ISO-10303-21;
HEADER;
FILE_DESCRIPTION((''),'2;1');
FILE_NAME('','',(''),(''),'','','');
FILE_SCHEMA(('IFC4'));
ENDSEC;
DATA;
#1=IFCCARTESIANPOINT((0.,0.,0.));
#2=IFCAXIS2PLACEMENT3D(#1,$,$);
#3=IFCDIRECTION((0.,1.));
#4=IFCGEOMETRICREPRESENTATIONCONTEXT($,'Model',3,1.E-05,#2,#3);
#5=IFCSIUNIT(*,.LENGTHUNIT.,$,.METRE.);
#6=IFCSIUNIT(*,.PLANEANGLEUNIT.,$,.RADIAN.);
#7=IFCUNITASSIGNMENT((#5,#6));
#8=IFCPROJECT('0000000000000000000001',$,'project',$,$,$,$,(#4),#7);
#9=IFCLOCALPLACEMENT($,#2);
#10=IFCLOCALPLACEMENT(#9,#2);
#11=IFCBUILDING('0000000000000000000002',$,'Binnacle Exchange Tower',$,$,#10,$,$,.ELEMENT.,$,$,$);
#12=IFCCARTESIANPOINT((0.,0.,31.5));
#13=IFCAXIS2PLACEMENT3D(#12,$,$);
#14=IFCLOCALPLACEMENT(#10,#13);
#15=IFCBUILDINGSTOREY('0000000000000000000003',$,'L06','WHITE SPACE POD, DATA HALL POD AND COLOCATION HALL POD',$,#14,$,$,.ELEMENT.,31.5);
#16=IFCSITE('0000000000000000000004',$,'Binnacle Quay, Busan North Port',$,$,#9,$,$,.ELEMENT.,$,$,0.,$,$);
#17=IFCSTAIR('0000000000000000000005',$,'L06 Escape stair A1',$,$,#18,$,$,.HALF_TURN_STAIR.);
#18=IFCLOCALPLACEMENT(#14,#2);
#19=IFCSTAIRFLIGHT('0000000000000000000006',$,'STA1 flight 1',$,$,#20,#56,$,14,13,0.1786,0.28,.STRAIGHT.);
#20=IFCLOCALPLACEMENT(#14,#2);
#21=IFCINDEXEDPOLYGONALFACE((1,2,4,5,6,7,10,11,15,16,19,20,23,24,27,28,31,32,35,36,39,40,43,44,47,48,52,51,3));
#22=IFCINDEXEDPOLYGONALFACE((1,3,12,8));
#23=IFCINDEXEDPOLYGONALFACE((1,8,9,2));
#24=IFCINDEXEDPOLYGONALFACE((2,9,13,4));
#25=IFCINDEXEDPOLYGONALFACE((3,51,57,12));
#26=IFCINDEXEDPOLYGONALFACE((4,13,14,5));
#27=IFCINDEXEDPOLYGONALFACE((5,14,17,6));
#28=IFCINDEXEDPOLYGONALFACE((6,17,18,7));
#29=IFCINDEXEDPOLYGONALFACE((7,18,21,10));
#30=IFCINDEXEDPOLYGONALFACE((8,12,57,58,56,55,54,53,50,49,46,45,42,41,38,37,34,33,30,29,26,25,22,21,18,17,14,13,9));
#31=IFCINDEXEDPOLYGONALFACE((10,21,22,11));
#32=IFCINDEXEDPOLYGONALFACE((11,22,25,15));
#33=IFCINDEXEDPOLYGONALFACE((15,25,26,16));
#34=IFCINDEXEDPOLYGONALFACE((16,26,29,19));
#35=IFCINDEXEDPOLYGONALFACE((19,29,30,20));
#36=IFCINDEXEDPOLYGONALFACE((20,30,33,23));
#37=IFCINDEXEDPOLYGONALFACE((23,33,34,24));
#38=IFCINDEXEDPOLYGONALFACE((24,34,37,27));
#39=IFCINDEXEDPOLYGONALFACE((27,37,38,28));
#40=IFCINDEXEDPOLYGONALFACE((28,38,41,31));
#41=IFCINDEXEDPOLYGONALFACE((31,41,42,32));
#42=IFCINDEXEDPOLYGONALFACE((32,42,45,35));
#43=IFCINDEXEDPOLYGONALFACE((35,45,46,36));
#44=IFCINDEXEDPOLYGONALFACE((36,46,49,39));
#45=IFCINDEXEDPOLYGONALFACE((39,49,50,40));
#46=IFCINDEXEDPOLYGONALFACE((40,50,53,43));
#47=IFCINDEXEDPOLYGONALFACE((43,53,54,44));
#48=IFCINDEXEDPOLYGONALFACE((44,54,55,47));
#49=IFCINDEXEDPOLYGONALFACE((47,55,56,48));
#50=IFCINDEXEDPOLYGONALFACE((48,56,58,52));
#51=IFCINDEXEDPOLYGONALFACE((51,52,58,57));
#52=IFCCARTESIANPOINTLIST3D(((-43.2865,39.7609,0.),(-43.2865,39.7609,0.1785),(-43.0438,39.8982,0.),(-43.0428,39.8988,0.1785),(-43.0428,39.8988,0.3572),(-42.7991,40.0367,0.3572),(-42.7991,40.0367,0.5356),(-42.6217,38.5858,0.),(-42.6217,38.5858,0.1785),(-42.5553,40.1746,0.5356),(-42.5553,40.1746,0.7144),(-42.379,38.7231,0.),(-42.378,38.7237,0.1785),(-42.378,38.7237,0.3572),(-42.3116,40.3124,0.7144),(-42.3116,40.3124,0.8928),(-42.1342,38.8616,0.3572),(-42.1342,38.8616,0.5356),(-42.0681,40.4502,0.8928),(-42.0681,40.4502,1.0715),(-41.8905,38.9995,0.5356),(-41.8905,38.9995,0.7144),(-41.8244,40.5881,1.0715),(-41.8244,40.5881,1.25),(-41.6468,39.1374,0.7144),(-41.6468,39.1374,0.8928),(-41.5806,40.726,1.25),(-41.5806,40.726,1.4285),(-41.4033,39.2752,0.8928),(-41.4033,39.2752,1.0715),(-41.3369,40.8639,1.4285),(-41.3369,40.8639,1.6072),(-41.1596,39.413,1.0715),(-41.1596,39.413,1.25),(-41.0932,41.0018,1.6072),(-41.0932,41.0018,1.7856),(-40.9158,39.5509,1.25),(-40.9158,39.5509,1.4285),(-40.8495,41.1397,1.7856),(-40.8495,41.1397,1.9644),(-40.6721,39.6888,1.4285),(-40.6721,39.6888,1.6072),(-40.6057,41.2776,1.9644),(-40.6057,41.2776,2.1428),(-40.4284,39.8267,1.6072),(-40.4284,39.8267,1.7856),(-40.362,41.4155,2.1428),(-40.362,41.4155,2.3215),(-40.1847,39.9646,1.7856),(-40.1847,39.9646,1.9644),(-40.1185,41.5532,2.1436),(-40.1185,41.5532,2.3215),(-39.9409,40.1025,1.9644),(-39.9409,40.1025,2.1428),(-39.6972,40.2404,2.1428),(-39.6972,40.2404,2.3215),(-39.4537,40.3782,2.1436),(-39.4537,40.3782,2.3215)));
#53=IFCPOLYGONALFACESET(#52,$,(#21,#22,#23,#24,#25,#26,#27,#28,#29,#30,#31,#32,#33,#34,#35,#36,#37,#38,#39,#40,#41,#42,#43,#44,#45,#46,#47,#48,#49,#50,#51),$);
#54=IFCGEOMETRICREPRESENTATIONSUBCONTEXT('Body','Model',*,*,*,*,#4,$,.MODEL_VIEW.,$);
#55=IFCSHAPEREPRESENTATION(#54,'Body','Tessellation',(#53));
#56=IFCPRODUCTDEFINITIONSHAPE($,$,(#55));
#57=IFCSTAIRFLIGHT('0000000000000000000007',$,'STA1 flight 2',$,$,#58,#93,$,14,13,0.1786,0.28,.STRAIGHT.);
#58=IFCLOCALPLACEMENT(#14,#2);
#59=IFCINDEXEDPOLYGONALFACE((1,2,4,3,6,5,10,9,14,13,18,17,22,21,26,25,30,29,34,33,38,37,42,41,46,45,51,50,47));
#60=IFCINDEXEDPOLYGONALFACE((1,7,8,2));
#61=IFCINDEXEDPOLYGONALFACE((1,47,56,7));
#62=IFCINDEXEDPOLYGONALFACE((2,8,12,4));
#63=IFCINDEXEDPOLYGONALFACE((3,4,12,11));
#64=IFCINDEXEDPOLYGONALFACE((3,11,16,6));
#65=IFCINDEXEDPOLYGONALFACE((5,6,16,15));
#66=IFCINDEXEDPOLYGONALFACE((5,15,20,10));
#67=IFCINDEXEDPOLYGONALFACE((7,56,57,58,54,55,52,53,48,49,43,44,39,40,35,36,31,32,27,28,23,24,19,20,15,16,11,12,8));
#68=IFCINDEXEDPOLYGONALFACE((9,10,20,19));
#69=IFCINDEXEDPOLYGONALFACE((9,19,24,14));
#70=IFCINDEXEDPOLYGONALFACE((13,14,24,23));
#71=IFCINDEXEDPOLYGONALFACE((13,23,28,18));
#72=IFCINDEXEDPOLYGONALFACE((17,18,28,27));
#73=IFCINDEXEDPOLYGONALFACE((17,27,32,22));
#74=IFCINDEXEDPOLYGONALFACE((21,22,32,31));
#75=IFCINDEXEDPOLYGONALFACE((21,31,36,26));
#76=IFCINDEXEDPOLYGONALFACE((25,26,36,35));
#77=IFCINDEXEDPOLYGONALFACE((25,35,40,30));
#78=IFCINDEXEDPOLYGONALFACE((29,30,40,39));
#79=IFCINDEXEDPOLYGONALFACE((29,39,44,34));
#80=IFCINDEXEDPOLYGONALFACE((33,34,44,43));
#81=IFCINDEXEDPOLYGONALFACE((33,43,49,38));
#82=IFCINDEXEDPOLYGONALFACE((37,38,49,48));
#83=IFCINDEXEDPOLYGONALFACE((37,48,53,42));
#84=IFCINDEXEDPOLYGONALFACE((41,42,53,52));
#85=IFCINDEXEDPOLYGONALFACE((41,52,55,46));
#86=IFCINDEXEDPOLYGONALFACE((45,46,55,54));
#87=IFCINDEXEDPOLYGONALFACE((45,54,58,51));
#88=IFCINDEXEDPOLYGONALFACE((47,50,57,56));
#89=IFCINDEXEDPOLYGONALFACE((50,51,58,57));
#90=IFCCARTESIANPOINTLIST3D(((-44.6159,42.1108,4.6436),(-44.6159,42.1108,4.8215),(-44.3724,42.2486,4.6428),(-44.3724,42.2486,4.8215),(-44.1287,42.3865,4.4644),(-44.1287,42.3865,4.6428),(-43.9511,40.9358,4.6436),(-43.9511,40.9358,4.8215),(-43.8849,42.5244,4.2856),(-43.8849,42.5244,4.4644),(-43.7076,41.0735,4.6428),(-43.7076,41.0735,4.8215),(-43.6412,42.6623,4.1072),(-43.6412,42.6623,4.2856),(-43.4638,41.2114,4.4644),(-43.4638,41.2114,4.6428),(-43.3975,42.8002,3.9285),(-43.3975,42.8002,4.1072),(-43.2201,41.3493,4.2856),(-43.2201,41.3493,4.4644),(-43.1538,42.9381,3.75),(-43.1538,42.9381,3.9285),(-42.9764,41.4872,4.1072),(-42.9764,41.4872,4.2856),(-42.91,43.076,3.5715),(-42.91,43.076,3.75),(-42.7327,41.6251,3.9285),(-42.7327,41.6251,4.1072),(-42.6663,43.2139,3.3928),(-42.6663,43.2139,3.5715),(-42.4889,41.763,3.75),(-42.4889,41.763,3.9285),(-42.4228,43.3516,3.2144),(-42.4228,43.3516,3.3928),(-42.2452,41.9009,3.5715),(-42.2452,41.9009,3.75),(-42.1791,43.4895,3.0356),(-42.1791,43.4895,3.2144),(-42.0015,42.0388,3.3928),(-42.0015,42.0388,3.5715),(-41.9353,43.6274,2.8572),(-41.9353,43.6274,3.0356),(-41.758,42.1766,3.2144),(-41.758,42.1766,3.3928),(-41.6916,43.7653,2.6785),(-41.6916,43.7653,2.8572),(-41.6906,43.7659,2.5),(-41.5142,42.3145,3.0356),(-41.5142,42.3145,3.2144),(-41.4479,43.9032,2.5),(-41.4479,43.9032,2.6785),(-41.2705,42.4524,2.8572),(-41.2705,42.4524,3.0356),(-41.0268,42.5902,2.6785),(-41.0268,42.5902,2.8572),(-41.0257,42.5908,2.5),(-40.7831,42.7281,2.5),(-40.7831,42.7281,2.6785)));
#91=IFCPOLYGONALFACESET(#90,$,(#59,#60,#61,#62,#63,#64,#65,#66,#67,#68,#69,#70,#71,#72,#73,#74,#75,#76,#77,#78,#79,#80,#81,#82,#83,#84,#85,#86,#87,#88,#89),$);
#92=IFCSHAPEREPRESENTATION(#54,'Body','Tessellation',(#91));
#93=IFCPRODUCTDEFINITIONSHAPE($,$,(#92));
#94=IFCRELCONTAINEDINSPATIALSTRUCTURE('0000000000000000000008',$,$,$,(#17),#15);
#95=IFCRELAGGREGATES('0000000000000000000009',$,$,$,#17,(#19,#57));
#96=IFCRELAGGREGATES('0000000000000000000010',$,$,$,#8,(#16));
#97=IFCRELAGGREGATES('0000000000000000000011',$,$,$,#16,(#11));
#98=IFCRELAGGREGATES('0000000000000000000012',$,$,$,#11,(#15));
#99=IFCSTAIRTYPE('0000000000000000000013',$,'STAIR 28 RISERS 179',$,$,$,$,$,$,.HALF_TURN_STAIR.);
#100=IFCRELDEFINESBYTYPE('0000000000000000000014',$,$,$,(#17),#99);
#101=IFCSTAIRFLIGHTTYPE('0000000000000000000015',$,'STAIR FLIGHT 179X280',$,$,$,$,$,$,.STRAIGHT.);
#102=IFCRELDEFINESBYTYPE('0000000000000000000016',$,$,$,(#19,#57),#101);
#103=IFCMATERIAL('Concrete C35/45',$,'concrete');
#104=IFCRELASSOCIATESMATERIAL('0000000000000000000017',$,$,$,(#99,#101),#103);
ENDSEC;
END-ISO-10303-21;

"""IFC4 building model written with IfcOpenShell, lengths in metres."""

from ifc_helpers import new_model, si_unit, direction, frame, origin, place, context, subcontext, project, spatial, polyline, outline, extrude, material, type_object, element, aggregate, save


model = new_model("IFC4")

# Units and contexts
model_context = context("Model", 3, precision=1e-05, world=origin(), true_north=direction((0.0, 1.0)))
body_context = subcontext(model_context, "Body", "Model", "MODEL_VIEW")
ifc_project = project(units=[si_unit("LENGTHUNIT", "METRE"), si_unit("PLANEANGLEUNIT", "RADIAN")], contexts=[model_context])

# Site, building, storey
site_placement = place(None, origin())
site = spatial("IfcSite", under=ifc_project, at=site_placement, Name="Binnacle Quay, Busan North Port", CompositionType="ELEMENT", RefElevation=0.0)
building_placement = place(site_placement, origin())
building = spatial("IfcBuilding", under=site, at=building_placement, Name="Binnacle Exchange Tower", CompositionType="ELEMENT")
storey_placement = place(building_placement, frame((0.0, 0.0, 31.5)))
storey = spatial("IfcBuildingStorey", under=building, at=storey_placement, Name="L06", Description="WHITE SPACE POD, DATA HALL POD AND COLOCATION HALL POD", CompositionType="ELEMENT", Elevation=31.5)

# Stair, stair flights
ifc_material_1 = material(Name="Concrete C35/45", Category="concrete")
stair_type = type_object("IfcStairType", Name="STAIR 28 RISERS 179", PredefinedType="HALF_TURN_STAIR", material=ifc_material_1)
stair_placement = place(storey_placement, origin())
stair = element("IfcStair", 1, at=stair_placement, inside=storey, type_object=stair_type, Name="L06 Escape stair A1", PredefinedType="HALF_TURN_STAIR")
stair_flight_type = type_object("IfcStairFlightType", Name="STAIR FLIGHT 179X280", PredefinedType="STRAIGHT", material=ifc_material_1)
stair_flight_1_placement = place(storey_placement, frame((-42.9541, 39.1733, 0.0), z_axis=(0.0, 0.0, 1.0), x_axis=(0.870356, 0.492424, 0.0)))
stair_flight_1 = element("IfcStairFlight", 2, at=stair_flight_1_placement, type_object=stair_flight_type, Name="STA1 flight 1", NumberOfRisers=14, NumberOfTreads=13, PredefinedType="STRAIGHT", RiserHeight=0.1786, TreadLength=0.28, context=body_context, shape_type="SweptSolid", body=[
    extrude(outline(polyline([(0.0, 0.0), (0.0, 0.1785), (0.28, 0.1785), (0.28, 0.3572), (0.5601, 0.3572), (0.5601, 0.5356), (0.8401, 0.5356), (0.8401, 0.7144), (1.1201, 0.7144), (1.1201, 0.8928), (1.3999, 0.8928), (1.3999, 1.0715), (1.6799, 1.0715), (1.6799, 1.25), (1.96, 1.25), (1.96, 1.4285), (2.24, 1.4285), (2.24, 1.6072), (2.52, 1.6072), (2.52, 1.7856), (2.8, 1.7856), (2.8, 1.9644), (3.0801, 1.9644), (3.0801, 2.1428), (3.3601, 2.1428), (3.3601, 2.3215), (3.6399, 2.3215), (3.6399, 2.5), (3.6399, 2.1436), (0.2788, 0.0), (0.0, 0.0)])), frame((0.0, 0.675, 0.0), z_axis=(0.0, -1.0, 0.0), x_axis=(1.0, 0.0, 0.0)), (0.0, 0.0, 1.0), 1.3501),
])
stair_flight_2_placement = place(storey_placement, frame((-41.1155, 43.3157, 2.5), z_axis=(0.0, 0.0, 1.0), x_axis=(-0.870356, -0.492424, 0.0)))
stair_flight_2 = element("IfcStairFlight", 3, at=stair_flight_2_placement, type_object=stair_flight_type, Name="STA1 flight 2", NumberOfRisers=14, NumberOfTreads=13, PredefinedType="STRAIGHT", RiserHeight=0.1786, TreadLength=0.28, context=body_context, shape_type="SweptSolid", body=[
    extrude(outline(polyline([(0.0, 0.0), (0.0, 0.1785), (0.28, 0.1785), (0.28, 0.3572), (0.5601, 0.3572), (0.5601, 0.5356), (0.8401, 0.5356), (0.8401, 0.7144), (1.1201, 0.7144), (1.1201, 0.8928), (1.3999, 0.8928), (1.3999, 1.0715), (1.6799, 1.0715), (1.6799, 1.25), (1.96, 1.25), (1.96, 1.4285), (2.24, 1.4285), (2.24, 1.6072), (2.52, 1.6072), (2.52, 1.7856), (2.8, 1.7856), (2.8, 1.9644), (3.0801, 1.9644), (3.0801, 2.1428), (3.3601, 2.1428), (3.3601, 2.3215), (3.6399, 2.3215), (3.6399, 2.5), (3.6399, 2.1436), (0.2788, 0.0), (0.0, 0.0)])), frame((0.0, 0.675, 0.0), z_axis=(0.0, -1.0, 0.0), x_axis=(1.0, 0.0, 0.0)), (0.0, 0.0, 1.0), 1.3501),
])
aggregate(stair, [stair_flight_1, stair_flight_2])

save(model, "model.ifc")
